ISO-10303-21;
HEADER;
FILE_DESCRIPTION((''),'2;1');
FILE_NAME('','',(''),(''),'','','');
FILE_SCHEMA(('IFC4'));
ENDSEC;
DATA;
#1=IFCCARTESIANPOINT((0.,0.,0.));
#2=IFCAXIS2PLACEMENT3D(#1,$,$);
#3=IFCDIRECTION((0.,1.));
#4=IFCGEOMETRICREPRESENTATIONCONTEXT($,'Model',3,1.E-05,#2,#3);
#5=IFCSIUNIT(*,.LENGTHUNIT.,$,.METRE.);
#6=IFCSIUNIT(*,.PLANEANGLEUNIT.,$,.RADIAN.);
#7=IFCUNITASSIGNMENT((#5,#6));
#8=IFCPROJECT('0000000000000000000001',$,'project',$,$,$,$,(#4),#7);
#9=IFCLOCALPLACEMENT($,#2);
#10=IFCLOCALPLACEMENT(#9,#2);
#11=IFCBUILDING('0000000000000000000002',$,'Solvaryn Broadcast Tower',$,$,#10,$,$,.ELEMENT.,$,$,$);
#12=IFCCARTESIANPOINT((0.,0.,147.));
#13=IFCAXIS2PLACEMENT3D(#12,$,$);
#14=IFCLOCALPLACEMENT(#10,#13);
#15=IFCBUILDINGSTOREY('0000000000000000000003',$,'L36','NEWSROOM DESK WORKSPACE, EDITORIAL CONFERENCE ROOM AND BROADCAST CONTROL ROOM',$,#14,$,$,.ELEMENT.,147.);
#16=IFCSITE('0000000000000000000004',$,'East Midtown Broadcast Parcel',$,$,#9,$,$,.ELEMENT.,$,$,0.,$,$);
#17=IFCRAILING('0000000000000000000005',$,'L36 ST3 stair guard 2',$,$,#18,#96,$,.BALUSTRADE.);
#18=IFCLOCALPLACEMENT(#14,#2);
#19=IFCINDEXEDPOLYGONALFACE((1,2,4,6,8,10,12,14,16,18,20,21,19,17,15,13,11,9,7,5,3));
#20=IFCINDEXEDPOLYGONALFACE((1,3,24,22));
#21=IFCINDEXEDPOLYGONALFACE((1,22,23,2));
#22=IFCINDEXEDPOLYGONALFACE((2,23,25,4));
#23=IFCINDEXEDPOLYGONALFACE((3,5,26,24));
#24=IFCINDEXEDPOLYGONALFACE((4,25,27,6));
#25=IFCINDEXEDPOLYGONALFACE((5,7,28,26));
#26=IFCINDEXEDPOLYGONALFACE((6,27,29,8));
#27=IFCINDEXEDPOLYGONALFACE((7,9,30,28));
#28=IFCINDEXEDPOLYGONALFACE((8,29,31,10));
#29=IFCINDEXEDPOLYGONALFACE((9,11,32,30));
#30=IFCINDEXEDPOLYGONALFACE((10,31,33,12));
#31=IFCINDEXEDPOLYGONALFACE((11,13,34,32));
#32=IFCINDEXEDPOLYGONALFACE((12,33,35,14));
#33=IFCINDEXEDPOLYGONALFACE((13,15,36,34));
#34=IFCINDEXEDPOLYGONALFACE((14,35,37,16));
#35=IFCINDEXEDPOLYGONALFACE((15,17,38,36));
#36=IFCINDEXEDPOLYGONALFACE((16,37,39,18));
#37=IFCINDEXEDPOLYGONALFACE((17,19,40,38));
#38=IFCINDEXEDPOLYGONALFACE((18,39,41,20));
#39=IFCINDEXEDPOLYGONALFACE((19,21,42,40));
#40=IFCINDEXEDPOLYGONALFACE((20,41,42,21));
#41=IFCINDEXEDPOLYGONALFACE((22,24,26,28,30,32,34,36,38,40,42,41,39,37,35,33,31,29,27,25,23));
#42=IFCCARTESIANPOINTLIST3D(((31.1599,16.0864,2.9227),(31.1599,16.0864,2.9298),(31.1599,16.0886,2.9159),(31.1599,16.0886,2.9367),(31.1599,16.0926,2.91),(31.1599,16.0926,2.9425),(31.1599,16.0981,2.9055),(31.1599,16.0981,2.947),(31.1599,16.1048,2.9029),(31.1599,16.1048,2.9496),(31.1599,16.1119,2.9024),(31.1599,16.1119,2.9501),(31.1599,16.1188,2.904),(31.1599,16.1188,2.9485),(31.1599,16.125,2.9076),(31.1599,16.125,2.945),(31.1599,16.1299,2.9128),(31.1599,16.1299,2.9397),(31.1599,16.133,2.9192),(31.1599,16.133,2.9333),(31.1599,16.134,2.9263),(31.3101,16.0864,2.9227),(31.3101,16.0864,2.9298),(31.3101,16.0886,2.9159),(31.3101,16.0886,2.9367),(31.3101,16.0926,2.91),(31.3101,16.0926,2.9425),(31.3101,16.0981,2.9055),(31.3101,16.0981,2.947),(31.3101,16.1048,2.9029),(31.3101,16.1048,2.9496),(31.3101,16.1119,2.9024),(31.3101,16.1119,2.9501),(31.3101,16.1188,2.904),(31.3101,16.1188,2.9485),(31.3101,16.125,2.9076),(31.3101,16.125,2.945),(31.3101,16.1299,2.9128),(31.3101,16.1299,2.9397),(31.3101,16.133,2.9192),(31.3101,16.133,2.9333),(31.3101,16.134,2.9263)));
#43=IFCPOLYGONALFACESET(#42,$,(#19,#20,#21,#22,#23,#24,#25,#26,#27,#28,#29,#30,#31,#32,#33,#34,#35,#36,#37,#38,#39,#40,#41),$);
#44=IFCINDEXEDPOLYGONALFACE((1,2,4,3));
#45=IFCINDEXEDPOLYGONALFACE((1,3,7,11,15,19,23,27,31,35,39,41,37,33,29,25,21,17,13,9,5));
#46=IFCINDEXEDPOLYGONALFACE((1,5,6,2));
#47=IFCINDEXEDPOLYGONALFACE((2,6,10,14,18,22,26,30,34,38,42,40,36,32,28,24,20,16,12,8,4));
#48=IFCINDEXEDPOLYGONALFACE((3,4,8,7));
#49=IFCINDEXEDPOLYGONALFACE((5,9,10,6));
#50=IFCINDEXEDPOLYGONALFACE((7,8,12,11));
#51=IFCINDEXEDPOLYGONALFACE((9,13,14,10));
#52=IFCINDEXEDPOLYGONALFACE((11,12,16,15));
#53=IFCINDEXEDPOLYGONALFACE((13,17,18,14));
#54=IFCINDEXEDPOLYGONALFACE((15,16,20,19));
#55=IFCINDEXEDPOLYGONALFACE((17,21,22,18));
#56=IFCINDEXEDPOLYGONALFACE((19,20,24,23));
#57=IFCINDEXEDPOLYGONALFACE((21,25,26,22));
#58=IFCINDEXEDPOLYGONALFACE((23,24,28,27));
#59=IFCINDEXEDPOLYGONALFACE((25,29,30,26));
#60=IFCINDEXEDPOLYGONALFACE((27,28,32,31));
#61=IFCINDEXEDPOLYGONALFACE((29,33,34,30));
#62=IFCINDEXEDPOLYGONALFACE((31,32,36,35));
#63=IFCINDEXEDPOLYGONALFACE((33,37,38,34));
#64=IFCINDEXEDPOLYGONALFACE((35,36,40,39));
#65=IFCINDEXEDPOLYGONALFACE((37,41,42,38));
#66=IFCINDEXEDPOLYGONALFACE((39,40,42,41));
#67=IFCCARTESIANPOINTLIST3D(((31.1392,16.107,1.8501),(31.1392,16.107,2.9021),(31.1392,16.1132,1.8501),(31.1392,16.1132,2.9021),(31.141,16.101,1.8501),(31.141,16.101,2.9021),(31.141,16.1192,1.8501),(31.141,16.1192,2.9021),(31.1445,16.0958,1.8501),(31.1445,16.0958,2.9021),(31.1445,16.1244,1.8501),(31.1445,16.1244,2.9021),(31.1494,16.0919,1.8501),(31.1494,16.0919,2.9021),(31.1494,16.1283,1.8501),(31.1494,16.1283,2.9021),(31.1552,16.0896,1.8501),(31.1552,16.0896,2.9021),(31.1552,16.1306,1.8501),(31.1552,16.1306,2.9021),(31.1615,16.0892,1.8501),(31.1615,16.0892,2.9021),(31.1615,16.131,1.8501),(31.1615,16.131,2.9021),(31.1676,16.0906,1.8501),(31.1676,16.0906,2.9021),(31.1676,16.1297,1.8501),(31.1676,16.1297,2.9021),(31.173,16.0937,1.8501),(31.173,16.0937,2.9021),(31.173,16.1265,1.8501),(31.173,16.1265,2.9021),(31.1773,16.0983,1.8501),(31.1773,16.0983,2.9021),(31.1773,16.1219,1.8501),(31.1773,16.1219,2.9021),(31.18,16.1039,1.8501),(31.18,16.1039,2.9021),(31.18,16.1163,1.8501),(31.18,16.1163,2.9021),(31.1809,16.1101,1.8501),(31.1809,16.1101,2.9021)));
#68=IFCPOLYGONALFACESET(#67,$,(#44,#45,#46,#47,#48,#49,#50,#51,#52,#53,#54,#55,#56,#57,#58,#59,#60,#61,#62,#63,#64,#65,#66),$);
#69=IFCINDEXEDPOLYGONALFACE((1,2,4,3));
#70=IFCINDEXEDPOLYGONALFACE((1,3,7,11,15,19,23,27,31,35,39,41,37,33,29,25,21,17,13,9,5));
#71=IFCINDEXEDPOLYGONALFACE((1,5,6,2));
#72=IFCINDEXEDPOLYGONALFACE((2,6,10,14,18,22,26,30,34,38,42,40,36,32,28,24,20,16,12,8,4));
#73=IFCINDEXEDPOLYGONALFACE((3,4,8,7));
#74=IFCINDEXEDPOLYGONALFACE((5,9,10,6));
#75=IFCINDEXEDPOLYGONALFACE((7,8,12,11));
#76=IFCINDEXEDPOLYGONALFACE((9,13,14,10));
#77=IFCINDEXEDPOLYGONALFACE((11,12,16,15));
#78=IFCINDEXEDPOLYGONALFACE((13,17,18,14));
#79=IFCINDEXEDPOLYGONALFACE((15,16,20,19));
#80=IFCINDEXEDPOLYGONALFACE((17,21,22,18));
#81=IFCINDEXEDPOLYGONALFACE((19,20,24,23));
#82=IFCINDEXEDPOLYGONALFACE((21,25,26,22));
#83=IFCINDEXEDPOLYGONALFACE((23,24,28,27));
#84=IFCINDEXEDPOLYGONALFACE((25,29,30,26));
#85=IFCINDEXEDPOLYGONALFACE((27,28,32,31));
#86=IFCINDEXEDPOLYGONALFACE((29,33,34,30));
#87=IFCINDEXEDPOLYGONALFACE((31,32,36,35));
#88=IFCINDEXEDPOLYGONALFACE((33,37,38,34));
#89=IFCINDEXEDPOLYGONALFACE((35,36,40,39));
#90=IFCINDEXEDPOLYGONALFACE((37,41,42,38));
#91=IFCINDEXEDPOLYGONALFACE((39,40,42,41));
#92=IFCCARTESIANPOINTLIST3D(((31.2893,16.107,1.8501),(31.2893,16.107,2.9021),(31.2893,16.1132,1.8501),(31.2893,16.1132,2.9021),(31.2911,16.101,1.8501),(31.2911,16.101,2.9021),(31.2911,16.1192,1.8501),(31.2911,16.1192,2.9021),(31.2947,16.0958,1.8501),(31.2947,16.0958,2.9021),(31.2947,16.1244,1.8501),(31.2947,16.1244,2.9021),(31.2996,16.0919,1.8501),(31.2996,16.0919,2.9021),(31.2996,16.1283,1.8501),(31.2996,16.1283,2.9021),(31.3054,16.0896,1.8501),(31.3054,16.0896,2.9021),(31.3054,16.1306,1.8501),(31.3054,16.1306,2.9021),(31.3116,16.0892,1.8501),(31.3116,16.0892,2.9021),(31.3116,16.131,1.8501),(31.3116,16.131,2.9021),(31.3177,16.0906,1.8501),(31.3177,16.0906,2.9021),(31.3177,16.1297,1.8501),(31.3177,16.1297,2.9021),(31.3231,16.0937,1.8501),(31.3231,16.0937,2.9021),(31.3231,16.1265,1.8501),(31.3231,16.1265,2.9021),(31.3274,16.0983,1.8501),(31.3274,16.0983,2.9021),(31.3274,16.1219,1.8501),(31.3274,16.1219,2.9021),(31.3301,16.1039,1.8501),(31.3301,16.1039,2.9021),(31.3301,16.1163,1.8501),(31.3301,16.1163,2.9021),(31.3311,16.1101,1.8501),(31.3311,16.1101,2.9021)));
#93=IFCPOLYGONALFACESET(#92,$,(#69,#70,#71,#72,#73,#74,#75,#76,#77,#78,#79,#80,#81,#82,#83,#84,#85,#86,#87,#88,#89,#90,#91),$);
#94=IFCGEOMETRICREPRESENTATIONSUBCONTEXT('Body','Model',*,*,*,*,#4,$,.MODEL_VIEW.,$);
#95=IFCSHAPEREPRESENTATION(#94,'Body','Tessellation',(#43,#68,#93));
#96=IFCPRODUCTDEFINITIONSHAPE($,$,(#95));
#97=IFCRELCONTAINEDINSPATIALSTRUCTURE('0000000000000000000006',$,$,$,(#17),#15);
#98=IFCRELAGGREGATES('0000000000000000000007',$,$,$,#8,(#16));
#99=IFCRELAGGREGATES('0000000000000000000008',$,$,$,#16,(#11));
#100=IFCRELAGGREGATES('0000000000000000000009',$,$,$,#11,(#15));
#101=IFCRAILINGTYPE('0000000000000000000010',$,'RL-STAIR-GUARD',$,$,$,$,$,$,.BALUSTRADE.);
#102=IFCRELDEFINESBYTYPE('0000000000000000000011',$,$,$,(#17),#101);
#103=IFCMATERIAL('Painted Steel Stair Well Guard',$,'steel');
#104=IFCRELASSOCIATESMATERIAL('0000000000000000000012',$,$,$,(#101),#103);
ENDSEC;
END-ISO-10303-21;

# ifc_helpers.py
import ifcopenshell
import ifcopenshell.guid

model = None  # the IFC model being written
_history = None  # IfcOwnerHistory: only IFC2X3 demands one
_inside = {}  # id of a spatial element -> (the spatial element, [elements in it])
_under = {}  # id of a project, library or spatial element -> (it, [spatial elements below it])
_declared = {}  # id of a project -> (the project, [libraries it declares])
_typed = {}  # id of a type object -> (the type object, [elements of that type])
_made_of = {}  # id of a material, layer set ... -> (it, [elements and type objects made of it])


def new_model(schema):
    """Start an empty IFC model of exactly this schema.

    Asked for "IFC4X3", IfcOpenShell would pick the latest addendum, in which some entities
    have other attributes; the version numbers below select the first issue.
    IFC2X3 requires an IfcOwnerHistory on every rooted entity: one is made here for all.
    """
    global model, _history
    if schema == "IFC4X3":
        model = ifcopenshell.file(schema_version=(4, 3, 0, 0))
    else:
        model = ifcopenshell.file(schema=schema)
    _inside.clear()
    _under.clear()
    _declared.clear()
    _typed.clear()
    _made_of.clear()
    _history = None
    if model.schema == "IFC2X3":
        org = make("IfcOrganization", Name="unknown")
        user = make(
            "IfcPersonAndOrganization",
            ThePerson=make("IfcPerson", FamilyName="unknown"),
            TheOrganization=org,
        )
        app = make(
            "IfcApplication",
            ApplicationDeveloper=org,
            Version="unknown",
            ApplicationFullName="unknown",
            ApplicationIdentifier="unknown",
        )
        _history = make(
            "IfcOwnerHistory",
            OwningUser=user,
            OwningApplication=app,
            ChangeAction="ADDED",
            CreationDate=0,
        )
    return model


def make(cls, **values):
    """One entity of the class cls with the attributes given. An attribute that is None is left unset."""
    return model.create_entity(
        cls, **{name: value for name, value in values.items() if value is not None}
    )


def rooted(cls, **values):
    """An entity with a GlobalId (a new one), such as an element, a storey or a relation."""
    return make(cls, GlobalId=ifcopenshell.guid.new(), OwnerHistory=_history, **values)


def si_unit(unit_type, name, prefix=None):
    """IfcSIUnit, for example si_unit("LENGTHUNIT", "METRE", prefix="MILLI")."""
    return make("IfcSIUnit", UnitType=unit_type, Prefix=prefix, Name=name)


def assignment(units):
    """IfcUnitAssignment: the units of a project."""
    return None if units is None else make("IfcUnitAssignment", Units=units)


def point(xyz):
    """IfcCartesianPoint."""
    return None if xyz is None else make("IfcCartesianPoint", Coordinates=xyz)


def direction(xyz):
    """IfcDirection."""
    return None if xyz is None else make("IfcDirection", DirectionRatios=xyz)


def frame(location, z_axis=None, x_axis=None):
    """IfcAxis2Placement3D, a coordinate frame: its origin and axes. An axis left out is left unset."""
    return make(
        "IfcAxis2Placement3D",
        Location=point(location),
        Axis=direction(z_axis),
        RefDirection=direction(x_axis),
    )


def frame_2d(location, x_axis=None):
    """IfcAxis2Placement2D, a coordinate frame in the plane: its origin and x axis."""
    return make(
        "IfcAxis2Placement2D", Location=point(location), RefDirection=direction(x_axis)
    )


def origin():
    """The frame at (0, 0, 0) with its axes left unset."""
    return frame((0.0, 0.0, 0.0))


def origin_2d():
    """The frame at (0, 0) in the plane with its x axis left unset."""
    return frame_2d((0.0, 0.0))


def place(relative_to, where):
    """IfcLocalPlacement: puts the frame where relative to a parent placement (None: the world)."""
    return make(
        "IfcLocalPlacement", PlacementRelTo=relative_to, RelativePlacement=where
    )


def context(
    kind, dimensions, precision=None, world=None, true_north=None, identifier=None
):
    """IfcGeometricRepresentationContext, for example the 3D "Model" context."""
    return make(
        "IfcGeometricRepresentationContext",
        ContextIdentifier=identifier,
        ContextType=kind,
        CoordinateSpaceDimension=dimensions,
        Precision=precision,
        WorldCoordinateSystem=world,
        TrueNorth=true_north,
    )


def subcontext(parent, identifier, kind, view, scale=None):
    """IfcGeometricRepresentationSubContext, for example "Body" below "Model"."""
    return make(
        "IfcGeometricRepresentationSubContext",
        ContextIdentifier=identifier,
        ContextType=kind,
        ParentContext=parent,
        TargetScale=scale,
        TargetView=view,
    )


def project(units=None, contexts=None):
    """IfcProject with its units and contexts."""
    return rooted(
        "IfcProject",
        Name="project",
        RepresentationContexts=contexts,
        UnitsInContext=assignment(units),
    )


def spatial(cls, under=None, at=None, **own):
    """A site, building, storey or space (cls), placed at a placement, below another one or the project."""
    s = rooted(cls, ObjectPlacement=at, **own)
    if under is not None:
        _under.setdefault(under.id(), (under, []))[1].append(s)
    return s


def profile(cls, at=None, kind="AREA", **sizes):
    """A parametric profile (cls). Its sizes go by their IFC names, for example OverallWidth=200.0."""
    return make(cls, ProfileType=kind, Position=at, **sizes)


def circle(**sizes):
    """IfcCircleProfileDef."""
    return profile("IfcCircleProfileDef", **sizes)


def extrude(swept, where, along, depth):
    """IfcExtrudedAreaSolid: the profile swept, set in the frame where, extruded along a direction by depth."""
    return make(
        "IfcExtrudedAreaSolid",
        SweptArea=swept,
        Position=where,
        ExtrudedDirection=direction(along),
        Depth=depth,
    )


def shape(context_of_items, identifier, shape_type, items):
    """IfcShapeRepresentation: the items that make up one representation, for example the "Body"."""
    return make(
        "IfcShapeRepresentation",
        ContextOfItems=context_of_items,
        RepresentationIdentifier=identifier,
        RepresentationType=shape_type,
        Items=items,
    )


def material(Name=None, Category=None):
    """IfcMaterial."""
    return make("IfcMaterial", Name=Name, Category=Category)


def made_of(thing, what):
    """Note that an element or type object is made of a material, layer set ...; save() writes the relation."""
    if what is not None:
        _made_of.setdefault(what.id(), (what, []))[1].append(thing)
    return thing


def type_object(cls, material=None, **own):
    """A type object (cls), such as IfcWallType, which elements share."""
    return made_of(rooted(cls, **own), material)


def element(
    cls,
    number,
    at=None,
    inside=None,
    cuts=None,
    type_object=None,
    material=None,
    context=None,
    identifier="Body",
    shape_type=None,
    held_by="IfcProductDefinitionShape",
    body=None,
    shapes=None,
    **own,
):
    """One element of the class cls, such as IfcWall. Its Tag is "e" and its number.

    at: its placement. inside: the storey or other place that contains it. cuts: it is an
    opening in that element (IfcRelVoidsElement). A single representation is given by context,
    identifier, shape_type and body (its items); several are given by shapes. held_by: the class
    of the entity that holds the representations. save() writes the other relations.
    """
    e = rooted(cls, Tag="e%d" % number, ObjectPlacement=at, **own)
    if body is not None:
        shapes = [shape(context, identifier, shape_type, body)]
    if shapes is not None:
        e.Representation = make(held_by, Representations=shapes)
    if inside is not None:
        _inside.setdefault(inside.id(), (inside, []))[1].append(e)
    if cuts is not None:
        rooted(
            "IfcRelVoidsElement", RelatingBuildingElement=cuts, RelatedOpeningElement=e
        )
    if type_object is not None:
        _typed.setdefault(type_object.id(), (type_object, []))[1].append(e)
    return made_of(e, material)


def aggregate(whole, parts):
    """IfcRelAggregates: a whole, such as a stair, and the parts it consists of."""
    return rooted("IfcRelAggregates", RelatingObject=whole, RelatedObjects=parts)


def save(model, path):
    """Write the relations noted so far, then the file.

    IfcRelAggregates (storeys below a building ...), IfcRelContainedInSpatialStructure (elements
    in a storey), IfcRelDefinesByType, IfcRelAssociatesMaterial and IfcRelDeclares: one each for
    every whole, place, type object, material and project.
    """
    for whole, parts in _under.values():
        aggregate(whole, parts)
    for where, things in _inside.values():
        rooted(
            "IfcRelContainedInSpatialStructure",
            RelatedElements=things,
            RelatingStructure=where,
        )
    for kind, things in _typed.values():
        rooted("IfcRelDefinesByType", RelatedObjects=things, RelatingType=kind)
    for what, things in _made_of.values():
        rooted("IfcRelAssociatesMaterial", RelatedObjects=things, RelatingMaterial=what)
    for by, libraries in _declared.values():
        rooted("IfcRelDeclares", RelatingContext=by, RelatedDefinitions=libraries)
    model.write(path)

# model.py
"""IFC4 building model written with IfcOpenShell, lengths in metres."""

from ifc_helpers import new_model, si_unit, direction, frame, origin, origin_2d, place, context, subcontext, project, spatial, circle, extrude, material, type_object, element, save


model = new_model("IFC4")

# Units and contexts
model_context = context("Model", 3, precision=1e-05, world=origin(), true_north=direction((0.0, 1.0)))
body_context = subcontext(model_context, "Body", "Model", "MODEL_VIEW")
ifc_project = project(units=[si_unit("LENGTHUNIT", "METRE"), si_unit("PLANEANGLEUNIT", "RADIAN")], contexts=[model_context])

# Site, building, storey
site_placement = place(None, origin())
site = spatial("IfcSite", under=ifc_project, at=site_placement, Name="East Midtown Broadcast Parcel", CompositionType="ELEMENT", RefElevation=0.0)
building_placement = place(site_placement, origin())
building = spatial("IfcBuilding", under=site, at=building_placement, Name="Solvaryn Broadcast Tower", CompositionType="ELEMENT")
storey_placement = place(building_placement, frame((0.0, 0.0, 147.0)))
storey = spatial("IfcBuildingStorey", under=building, at=storey_placement, Name="L36", Description="NEWSROOM DESK WORKSPACE, EDITORIAL CONFERENCE ROOM AND BROADCAST CONTROL ROOM", CompositionType="ELEMENT", Elevation=147.0)

# Railing
ifc_material_1 = material(Name="Painted Steel Stair Well Guard", Category="steel")
railing_type_1 = type_object("IfcRailingType", Name="RL-STAIR-GUARD", PredefinedType="BALUSTRADE", material=ifc_material_1)
railing_1_placement = place(storey_placement, frame((31.1599, 16.1101, 1.8501)))
element("IfcRailing", 1, at=railing_1_placement, inside=storey, type_object=railing_type_1, Name="L36 ST3 stair guard 2", PredefinedType="BALUSTRADE", context=body_context, shape_type="SweptSolid", body=[
    extrude(circle(Radius=0.0239, at=origin_2d()), frame((0.0, 0.0, 1.0762), z_axis=(1.0, 0.0, 0.0), x_axis=(0.0, 1.0, 0.0)), (0.0, 0.0, 1.0), 0.1501),
    extrude(circle(Radius=0.021, at=origin_2d()), origin(), (0.0, 0.0, 1.0), 1.052),
    extrude(circle(Radius=0.021, at=origin_2d()), frame((0.1501, 0.0, 0.0)), (0.0, 0.0, 1.0), 1.052),
])

save(model, "model.ifc")
